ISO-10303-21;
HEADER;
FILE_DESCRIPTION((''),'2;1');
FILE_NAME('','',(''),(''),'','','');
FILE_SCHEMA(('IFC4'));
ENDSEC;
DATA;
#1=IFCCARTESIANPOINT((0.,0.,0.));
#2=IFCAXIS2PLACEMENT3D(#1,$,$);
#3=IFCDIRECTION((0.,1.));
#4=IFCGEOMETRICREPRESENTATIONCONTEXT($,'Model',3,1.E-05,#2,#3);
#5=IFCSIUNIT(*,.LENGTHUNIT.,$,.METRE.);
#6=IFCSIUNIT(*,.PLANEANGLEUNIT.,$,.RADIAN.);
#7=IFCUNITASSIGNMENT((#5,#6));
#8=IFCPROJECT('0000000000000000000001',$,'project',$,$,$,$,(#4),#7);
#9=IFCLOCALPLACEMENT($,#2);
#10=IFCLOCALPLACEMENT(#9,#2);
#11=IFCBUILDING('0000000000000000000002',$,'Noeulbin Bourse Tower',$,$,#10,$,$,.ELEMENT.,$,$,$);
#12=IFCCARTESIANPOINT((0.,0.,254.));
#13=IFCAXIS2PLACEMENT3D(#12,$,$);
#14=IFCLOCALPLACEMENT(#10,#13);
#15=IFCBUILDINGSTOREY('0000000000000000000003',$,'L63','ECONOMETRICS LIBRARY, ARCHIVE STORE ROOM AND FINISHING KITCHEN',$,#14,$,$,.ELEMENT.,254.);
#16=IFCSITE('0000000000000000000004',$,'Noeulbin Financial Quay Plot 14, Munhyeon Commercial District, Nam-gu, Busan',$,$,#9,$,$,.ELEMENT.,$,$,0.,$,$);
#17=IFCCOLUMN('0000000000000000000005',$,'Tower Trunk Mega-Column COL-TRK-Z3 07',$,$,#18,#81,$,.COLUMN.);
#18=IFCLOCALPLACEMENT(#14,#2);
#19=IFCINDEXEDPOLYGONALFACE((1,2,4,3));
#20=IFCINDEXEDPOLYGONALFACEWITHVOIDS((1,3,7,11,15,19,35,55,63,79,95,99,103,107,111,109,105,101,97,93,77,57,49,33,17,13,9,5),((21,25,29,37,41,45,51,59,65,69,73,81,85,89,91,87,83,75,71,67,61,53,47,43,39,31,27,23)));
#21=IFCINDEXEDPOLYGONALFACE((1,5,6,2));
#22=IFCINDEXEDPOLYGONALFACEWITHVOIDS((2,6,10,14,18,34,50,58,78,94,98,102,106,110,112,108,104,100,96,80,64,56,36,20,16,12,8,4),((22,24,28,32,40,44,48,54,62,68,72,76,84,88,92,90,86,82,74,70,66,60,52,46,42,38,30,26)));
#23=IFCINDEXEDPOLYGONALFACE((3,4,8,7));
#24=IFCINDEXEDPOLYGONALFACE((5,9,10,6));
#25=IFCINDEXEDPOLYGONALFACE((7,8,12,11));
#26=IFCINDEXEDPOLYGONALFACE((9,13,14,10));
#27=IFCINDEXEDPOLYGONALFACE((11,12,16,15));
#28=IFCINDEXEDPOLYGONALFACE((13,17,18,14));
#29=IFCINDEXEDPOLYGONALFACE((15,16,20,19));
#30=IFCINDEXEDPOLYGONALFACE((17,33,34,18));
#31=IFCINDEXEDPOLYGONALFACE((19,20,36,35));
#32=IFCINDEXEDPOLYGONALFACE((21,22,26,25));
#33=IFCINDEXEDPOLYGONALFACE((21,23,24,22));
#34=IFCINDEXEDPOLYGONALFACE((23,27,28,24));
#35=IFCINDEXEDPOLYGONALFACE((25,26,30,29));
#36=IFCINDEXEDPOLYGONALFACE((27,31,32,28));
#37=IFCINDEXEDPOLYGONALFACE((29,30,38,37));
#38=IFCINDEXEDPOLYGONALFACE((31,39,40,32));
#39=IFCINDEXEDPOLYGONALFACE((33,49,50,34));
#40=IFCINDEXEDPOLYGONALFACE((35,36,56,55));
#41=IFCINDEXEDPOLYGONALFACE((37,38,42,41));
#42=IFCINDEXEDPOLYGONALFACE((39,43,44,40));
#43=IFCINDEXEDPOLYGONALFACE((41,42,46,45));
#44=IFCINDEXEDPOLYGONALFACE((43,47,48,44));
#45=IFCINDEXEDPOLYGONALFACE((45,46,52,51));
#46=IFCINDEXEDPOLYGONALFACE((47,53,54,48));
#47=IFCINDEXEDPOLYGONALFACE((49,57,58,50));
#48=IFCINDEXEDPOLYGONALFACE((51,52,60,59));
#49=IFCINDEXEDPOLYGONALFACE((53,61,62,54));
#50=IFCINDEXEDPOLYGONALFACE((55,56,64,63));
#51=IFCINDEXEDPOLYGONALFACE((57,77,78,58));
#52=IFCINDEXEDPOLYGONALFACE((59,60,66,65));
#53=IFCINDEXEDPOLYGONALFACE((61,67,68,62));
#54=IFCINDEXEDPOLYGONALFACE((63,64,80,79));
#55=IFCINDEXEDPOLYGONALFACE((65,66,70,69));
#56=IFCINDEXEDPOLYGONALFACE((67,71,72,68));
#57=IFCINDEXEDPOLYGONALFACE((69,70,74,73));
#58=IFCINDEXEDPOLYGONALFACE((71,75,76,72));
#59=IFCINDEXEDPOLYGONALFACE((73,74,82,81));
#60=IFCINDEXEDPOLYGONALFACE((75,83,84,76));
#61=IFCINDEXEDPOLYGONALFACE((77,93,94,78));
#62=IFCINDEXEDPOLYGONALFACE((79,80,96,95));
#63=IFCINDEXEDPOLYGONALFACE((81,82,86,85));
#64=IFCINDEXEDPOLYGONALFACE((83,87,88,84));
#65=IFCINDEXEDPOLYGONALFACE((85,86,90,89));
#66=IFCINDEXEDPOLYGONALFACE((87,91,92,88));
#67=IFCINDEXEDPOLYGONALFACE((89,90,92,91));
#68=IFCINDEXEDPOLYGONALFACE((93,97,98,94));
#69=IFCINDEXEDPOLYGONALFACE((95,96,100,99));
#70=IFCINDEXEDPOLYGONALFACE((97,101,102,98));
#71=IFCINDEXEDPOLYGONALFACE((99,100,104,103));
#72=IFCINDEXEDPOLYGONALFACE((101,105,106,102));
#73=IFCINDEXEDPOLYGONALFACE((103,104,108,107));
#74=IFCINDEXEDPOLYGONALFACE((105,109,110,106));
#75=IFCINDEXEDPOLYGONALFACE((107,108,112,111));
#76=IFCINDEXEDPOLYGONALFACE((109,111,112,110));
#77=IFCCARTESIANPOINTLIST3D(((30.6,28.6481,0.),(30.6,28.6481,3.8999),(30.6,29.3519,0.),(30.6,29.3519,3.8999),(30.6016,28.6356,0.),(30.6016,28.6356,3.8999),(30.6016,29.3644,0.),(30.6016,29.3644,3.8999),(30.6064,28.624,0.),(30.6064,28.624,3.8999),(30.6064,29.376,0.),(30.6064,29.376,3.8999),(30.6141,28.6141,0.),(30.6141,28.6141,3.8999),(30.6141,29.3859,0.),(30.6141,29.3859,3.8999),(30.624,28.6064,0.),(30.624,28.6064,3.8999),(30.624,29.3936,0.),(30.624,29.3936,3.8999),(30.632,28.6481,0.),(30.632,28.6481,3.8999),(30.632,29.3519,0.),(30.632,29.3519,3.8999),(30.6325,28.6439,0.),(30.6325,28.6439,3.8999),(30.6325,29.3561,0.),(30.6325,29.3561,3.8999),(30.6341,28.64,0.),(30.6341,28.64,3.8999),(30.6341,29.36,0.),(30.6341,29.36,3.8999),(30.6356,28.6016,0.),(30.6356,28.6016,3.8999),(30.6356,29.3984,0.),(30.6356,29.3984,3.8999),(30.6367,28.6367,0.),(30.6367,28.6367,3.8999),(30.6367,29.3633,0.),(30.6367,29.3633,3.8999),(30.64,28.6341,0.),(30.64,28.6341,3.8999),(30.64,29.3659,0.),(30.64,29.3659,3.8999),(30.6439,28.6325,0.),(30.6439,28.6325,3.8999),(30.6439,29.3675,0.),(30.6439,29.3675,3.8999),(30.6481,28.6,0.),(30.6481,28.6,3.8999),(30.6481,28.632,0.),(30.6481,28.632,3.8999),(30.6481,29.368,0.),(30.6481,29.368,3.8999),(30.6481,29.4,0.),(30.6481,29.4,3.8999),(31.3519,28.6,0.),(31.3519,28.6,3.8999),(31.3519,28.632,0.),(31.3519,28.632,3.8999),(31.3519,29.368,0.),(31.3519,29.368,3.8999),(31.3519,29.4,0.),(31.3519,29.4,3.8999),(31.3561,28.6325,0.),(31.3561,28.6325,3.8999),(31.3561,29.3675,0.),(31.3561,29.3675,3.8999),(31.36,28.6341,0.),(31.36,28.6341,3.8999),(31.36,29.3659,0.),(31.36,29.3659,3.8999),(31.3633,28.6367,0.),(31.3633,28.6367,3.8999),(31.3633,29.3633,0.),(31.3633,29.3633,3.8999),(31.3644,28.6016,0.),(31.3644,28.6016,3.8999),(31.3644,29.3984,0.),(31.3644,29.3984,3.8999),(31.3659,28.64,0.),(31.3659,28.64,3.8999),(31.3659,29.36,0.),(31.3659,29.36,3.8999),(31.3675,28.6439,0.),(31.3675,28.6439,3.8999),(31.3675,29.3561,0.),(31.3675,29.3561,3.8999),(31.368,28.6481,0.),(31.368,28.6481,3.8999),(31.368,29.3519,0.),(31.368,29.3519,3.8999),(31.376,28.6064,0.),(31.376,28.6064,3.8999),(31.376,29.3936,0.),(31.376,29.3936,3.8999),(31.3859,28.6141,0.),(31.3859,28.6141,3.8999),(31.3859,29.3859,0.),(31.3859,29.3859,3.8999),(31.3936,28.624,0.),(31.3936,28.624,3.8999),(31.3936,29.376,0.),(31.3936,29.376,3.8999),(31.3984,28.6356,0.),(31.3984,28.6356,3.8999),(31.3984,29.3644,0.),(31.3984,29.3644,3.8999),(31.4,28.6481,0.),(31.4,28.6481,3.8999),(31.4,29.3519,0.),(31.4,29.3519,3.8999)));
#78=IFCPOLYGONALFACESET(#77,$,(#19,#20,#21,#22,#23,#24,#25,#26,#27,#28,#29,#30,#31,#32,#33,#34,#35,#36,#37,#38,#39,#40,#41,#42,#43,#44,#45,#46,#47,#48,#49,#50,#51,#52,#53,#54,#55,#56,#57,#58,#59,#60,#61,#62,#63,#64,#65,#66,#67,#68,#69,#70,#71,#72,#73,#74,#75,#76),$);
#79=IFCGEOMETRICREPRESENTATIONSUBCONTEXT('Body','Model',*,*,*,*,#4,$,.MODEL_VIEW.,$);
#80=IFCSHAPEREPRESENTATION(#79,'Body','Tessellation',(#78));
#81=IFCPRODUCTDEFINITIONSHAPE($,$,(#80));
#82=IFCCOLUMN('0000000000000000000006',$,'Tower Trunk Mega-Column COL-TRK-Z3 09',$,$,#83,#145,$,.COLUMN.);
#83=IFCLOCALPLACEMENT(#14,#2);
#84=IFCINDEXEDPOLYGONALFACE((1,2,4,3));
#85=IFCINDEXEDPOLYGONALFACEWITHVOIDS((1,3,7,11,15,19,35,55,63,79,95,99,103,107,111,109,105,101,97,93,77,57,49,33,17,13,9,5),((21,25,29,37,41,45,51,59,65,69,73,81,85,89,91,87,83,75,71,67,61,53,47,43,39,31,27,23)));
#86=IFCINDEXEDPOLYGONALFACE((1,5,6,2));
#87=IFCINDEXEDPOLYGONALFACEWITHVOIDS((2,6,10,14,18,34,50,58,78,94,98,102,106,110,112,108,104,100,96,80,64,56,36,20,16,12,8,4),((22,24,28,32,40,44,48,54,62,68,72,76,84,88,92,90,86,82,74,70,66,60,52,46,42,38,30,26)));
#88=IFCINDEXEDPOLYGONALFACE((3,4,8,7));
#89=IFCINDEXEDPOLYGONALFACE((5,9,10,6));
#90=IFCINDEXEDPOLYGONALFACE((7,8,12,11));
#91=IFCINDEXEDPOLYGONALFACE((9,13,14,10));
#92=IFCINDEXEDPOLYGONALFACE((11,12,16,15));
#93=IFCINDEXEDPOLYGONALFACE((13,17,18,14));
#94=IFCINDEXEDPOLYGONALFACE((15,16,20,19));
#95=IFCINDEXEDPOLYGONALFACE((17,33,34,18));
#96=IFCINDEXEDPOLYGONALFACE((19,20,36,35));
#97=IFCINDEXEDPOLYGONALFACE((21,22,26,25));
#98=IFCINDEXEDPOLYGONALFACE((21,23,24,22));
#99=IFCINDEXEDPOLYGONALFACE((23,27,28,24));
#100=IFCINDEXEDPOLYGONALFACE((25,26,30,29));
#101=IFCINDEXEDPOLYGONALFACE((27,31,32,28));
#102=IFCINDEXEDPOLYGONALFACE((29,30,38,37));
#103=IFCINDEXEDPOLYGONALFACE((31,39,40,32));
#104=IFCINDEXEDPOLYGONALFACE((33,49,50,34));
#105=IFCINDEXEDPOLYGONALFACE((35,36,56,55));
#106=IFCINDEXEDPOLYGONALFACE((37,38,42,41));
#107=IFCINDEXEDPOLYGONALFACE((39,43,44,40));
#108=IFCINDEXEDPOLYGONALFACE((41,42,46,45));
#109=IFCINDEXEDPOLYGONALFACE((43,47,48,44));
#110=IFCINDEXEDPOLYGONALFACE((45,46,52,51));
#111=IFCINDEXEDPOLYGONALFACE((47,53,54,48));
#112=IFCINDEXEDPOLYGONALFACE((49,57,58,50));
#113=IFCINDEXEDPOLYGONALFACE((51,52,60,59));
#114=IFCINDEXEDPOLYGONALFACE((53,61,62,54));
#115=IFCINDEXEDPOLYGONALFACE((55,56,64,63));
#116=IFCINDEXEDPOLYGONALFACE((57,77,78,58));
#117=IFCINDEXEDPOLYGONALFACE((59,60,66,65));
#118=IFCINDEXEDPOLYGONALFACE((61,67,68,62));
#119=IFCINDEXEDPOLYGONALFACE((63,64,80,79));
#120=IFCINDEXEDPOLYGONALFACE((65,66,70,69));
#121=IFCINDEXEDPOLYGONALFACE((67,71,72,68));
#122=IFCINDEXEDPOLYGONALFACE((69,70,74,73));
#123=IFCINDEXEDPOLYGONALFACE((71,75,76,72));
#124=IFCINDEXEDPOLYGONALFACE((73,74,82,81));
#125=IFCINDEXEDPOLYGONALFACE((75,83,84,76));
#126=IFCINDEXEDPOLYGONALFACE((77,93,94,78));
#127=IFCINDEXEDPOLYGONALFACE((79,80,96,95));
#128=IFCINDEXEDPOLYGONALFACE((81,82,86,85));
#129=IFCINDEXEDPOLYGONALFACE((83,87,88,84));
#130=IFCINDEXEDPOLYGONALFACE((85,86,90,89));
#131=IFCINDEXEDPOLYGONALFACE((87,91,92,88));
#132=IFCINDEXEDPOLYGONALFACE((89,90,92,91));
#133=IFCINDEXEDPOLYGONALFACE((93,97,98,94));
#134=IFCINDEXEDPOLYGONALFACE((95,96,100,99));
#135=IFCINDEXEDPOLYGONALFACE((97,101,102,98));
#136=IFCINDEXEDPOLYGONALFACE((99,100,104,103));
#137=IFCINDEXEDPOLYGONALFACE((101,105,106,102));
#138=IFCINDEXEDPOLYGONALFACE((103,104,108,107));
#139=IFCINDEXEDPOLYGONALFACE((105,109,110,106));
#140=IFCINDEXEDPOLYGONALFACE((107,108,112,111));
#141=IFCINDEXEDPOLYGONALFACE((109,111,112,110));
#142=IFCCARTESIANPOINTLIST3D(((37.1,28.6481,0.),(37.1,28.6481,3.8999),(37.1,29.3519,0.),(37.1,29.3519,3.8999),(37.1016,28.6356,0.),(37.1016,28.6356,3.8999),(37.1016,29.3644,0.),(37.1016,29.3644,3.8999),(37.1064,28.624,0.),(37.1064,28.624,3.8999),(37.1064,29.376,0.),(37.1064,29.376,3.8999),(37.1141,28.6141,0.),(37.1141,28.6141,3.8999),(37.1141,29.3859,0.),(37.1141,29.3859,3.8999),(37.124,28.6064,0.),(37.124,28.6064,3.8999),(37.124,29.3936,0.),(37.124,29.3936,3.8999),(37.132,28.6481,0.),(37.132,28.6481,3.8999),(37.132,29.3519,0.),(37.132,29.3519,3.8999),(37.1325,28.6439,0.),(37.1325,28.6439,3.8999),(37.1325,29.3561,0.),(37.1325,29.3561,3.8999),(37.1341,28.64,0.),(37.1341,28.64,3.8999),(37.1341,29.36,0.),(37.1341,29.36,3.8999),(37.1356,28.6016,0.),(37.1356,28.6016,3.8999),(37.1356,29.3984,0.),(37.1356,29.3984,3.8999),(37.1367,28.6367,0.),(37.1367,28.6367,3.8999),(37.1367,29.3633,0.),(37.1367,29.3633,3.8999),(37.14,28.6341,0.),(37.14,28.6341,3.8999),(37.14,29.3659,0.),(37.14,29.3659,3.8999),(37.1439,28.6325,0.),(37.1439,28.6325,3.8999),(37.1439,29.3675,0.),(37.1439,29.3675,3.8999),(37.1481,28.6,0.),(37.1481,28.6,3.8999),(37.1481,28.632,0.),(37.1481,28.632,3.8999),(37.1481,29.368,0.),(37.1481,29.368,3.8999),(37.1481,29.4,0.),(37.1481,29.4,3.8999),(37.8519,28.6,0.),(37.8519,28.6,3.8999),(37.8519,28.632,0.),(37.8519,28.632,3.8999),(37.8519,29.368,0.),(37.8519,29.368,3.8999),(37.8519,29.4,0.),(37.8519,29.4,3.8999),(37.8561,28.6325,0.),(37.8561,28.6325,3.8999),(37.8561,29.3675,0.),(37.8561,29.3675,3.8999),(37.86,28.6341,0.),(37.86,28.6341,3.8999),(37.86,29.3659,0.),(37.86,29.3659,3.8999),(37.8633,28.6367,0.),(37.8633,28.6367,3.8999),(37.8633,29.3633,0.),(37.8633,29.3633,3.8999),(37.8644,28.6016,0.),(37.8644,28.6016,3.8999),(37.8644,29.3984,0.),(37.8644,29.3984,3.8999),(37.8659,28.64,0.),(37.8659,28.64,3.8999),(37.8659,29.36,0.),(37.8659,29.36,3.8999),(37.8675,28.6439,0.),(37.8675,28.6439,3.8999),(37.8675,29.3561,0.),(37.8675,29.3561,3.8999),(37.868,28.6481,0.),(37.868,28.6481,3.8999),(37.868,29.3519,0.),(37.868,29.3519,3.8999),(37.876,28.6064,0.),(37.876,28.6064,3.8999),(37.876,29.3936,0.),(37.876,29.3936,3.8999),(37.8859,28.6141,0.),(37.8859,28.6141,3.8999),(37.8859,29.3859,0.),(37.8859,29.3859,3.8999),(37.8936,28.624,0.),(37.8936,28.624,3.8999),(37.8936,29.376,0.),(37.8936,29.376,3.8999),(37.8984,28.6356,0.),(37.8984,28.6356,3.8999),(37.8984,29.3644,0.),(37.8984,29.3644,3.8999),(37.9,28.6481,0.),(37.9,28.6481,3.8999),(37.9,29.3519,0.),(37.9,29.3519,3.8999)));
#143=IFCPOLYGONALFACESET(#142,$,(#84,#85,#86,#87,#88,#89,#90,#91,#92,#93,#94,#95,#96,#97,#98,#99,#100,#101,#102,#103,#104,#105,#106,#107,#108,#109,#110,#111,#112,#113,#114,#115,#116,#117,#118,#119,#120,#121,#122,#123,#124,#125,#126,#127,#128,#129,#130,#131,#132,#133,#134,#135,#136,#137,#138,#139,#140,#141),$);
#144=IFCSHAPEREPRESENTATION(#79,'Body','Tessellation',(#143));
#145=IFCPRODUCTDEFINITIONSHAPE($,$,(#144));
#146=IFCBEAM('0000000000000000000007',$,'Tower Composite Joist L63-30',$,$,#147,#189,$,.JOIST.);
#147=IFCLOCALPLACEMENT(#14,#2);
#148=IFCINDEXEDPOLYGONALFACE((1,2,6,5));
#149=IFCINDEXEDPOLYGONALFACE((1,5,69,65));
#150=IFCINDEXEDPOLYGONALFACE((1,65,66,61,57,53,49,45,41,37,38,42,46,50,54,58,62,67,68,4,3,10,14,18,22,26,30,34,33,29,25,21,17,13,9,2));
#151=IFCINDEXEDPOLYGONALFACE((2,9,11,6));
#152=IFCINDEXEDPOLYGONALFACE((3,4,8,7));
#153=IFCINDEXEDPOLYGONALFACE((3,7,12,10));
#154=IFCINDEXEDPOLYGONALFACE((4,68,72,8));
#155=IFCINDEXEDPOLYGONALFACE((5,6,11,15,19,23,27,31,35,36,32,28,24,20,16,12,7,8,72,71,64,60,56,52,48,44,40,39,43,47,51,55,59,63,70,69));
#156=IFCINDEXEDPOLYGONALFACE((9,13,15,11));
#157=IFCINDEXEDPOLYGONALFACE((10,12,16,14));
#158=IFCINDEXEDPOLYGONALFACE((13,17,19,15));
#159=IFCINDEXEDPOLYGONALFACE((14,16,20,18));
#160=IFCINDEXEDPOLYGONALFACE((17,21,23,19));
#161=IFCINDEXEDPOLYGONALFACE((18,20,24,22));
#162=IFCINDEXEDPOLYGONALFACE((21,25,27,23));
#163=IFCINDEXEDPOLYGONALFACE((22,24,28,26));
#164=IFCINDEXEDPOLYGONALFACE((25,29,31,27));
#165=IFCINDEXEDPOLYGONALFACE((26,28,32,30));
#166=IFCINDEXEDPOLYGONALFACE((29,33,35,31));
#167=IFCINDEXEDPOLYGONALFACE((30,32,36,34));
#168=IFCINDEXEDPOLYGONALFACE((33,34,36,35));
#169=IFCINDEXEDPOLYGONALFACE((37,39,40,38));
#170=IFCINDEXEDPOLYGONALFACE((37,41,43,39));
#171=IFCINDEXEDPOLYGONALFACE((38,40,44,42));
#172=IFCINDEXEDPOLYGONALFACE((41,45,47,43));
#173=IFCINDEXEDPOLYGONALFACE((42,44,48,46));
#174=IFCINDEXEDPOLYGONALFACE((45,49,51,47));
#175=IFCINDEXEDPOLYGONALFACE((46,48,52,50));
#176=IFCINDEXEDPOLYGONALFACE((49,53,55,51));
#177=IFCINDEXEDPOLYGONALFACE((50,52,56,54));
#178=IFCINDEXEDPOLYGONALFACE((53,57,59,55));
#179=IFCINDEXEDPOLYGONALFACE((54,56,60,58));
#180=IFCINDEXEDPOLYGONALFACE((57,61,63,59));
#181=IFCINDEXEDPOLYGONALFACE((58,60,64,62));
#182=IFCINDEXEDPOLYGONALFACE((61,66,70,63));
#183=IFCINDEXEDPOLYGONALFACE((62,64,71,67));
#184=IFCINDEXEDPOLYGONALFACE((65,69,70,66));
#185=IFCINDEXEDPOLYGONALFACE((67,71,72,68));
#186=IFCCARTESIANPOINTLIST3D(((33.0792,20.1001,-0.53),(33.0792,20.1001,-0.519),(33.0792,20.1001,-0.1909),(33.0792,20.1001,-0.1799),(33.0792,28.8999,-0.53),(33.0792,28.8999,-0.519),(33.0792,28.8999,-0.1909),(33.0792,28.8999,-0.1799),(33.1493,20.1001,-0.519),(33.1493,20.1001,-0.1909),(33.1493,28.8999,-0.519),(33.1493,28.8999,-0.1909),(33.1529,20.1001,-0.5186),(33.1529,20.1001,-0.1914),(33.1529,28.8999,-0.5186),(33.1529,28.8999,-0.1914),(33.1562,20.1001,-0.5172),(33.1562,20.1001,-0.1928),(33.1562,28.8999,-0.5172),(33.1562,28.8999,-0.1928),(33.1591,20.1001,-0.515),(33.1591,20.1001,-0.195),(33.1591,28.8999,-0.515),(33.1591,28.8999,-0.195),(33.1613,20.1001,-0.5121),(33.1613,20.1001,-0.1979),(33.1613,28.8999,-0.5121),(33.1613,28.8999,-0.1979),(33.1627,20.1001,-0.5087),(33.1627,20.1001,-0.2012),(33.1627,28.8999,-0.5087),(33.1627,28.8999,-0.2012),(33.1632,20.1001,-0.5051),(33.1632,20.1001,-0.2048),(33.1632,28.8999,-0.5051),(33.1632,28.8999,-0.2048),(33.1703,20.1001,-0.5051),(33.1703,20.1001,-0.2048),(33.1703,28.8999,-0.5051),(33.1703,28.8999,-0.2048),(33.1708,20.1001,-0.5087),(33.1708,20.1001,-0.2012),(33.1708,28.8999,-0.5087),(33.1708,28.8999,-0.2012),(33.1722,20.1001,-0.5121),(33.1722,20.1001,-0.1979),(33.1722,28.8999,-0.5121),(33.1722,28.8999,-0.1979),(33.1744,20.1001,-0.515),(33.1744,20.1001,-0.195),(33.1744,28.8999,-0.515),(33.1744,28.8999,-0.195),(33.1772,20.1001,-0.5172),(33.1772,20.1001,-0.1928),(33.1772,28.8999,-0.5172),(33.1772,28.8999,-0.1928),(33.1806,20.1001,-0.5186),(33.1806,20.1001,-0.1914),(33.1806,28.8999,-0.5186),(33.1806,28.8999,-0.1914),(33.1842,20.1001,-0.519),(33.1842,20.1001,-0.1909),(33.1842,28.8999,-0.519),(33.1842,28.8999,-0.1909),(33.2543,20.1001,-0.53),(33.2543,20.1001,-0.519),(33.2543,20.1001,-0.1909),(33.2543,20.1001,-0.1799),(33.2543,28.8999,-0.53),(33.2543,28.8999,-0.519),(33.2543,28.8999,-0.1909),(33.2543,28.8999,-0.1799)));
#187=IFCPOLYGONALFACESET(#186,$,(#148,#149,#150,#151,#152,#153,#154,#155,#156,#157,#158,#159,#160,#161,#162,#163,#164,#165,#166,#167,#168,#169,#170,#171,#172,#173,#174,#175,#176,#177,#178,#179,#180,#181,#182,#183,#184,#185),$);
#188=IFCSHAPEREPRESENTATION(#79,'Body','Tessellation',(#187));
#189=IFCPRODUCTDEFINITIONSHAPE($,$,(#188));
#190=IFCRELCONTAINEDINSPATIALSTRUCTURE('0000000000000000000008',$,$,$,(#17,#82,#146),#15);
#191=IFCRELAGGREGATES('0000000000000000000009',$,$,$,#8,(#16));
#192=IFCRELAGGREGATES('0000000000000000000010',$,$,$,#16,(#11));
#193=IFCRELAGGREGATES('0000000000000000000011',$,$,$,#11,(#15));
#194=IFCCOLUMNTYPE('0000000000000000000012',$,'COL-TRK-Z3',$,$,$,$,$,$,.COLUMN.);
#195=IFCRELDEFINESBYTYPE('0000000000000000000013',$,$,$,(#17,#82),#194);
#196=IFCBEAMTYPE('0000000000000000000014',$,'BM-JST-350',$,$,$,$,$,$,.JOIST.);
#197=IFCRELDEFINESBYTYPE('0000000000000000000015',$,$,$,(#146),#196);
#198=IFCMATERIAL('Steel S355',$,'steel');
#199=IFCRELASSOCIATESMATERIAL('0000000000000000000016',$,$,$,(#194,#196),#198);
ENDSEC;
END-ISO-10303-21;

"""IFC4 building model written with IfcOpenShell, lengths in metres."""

from ifc_helpers import new_model, si_unit, direction, frame, origin, origin_2d, place, context, subcontext, project, spatial, hollow_rectangle, i_section, extrude, material, material_profile, profile_set, type_object, element, save


model = new_model("IFC4")

# Units and contexts
model_context = context("Model", 3, precision=1e-05, world=origin(), true_north=direction((0.0, 1.0)))
body_context = subcontext(model_context, "Body", "Model", "MODEL_VIEW")
ifc_project = project(units=[si_unit("LENGTHUNIT", "METRE"), si_unit("PLANEANGLEUNIT", "RADIAN")], contexts=[model_context])

# Site, building, storey
site_placement = place(None, origin())
site = spatial("IfcSite", under=ifc_project, at=site_placement, Name="Noeulbin Financial Quay Plot 14, Munhyeon Commercial District, Nam-gu, Busan", CompositionType="ELEMENT", RefElevation=0.0)
building_placement = place(site_placement, origin())
building = spatial("IfcBuilding", under=site, at=building_placement, Name="Noeulbin Bourse Tower", CompositionType="ELEMENT")
storey_placement = place(building_placement, frame((0.0, 0.0, 254.0)))
storey = spatial("IfcBuildingStorey", under=building, at=storey_placement, Name="L63", Description="ECONOMETRICS LIBRARY, ARCHIVE STORE ROOM AND FINISHING KITCHEN", CompositionType="ELEMENT", Elevation=254.0)

# Columns
ifc_material_1 = material(Name="Steel S355", Category="steel")
ifc_material_profile_1 = material_profile(ifc_material_1, hollow_rectangle(XDim=0.8, YDim=0.8, WallThickness=0.032, InnerFilletRadius=0.0161, OuterFilletRadius=0.0481, at=origin_2d()), Name="BOX-800x800x32", Category="LoadBearing")
ifc_profile_set_1 = profile_set([ifc_material_profile_1], Name="Steel S355")
column_type = type_object("IfcColumnType", Name="COL-TRK-Z3", PredefinedType="COLUMN", material=ifc_profile_set_1)
for number, where, z_axis, x_axis, name in (
    (1, (31.0, 29.0, 0.0), (0.0, 0.0, 1.0), (1.0, 0.0, 0.0), "Tower Trunk Mega-Column COL-TRK-Z3 07"),
    (2, (37.5, 29.0, 0.0), (0.0, 0.0, 1.0), (1.0, 0.0, 0.0), "Tower Trunk Mega-Column COL-TRK-Z3 09"),
):
    element("IfcColumn", number, at=place(storey_placement, frame(where, z_axis=z_axis, x_axis=x_axis)), inside=storey, type_object=column_type, Name=name, PredefinedType="COLUMN", context=body_context, shape_type="SweptSolid", body=[
        extrude(hollow_rectangle(XDim=0.8, YDim=0.8, WallThickness=0.032, InnerFilletRadius=0.0161, OuterFilletRadius=0.0481, at=origin_2d()), origin(), (0.0, 0.0, 1.0), 3.8999),
    ])

# Beam
ifc_material_profile_2 = material_profile(ifc_material_1, i_section(OverallWidth=0.175, OverallDepth=0.3501, WebThickness=0.0071, FlangeThickness=0.011, FilletRadius=0.0139, at=origin_2d()), Name="H-350x175x7x11", Category="LoadBearing")
ifc_profile_set_2 = profile_set([ifc_material_profile_2], Name="Steel S355")
beam_type = type_object("IfcBeamType", Name="BM-JST-350", PredefinedType="JOIST", material=ifc_profile_set_2)
for number, where, z_axis, x_axis, name in (
    (3, (33.1667, 20.1001, -0.355), (0.0, 1.0, 0.0), (-1.0, 0.0, 0.0), "Tower Composite Joist L63-30"),
):
    element("IfcBeam", number, at=place(storey_placement, frame(where, z_axis=z_axis, x_axis=x_axis)), inside=storey, type_object=beam_type, Name=name, PredefinedType="JOIST", context=body_context, shape_type="SweptSolid", body=[
        extrude(i_section(OverallWidth=0.175, OverallDepth=0.3501, WebThickness=0.0071, FlangeThickness=0.011, FilletRadius=0.0139, at=origin_2d()), origin(), (0.0, 0.0, 1.0), 8.7998),
    ])

save(model, "model.ifc")
